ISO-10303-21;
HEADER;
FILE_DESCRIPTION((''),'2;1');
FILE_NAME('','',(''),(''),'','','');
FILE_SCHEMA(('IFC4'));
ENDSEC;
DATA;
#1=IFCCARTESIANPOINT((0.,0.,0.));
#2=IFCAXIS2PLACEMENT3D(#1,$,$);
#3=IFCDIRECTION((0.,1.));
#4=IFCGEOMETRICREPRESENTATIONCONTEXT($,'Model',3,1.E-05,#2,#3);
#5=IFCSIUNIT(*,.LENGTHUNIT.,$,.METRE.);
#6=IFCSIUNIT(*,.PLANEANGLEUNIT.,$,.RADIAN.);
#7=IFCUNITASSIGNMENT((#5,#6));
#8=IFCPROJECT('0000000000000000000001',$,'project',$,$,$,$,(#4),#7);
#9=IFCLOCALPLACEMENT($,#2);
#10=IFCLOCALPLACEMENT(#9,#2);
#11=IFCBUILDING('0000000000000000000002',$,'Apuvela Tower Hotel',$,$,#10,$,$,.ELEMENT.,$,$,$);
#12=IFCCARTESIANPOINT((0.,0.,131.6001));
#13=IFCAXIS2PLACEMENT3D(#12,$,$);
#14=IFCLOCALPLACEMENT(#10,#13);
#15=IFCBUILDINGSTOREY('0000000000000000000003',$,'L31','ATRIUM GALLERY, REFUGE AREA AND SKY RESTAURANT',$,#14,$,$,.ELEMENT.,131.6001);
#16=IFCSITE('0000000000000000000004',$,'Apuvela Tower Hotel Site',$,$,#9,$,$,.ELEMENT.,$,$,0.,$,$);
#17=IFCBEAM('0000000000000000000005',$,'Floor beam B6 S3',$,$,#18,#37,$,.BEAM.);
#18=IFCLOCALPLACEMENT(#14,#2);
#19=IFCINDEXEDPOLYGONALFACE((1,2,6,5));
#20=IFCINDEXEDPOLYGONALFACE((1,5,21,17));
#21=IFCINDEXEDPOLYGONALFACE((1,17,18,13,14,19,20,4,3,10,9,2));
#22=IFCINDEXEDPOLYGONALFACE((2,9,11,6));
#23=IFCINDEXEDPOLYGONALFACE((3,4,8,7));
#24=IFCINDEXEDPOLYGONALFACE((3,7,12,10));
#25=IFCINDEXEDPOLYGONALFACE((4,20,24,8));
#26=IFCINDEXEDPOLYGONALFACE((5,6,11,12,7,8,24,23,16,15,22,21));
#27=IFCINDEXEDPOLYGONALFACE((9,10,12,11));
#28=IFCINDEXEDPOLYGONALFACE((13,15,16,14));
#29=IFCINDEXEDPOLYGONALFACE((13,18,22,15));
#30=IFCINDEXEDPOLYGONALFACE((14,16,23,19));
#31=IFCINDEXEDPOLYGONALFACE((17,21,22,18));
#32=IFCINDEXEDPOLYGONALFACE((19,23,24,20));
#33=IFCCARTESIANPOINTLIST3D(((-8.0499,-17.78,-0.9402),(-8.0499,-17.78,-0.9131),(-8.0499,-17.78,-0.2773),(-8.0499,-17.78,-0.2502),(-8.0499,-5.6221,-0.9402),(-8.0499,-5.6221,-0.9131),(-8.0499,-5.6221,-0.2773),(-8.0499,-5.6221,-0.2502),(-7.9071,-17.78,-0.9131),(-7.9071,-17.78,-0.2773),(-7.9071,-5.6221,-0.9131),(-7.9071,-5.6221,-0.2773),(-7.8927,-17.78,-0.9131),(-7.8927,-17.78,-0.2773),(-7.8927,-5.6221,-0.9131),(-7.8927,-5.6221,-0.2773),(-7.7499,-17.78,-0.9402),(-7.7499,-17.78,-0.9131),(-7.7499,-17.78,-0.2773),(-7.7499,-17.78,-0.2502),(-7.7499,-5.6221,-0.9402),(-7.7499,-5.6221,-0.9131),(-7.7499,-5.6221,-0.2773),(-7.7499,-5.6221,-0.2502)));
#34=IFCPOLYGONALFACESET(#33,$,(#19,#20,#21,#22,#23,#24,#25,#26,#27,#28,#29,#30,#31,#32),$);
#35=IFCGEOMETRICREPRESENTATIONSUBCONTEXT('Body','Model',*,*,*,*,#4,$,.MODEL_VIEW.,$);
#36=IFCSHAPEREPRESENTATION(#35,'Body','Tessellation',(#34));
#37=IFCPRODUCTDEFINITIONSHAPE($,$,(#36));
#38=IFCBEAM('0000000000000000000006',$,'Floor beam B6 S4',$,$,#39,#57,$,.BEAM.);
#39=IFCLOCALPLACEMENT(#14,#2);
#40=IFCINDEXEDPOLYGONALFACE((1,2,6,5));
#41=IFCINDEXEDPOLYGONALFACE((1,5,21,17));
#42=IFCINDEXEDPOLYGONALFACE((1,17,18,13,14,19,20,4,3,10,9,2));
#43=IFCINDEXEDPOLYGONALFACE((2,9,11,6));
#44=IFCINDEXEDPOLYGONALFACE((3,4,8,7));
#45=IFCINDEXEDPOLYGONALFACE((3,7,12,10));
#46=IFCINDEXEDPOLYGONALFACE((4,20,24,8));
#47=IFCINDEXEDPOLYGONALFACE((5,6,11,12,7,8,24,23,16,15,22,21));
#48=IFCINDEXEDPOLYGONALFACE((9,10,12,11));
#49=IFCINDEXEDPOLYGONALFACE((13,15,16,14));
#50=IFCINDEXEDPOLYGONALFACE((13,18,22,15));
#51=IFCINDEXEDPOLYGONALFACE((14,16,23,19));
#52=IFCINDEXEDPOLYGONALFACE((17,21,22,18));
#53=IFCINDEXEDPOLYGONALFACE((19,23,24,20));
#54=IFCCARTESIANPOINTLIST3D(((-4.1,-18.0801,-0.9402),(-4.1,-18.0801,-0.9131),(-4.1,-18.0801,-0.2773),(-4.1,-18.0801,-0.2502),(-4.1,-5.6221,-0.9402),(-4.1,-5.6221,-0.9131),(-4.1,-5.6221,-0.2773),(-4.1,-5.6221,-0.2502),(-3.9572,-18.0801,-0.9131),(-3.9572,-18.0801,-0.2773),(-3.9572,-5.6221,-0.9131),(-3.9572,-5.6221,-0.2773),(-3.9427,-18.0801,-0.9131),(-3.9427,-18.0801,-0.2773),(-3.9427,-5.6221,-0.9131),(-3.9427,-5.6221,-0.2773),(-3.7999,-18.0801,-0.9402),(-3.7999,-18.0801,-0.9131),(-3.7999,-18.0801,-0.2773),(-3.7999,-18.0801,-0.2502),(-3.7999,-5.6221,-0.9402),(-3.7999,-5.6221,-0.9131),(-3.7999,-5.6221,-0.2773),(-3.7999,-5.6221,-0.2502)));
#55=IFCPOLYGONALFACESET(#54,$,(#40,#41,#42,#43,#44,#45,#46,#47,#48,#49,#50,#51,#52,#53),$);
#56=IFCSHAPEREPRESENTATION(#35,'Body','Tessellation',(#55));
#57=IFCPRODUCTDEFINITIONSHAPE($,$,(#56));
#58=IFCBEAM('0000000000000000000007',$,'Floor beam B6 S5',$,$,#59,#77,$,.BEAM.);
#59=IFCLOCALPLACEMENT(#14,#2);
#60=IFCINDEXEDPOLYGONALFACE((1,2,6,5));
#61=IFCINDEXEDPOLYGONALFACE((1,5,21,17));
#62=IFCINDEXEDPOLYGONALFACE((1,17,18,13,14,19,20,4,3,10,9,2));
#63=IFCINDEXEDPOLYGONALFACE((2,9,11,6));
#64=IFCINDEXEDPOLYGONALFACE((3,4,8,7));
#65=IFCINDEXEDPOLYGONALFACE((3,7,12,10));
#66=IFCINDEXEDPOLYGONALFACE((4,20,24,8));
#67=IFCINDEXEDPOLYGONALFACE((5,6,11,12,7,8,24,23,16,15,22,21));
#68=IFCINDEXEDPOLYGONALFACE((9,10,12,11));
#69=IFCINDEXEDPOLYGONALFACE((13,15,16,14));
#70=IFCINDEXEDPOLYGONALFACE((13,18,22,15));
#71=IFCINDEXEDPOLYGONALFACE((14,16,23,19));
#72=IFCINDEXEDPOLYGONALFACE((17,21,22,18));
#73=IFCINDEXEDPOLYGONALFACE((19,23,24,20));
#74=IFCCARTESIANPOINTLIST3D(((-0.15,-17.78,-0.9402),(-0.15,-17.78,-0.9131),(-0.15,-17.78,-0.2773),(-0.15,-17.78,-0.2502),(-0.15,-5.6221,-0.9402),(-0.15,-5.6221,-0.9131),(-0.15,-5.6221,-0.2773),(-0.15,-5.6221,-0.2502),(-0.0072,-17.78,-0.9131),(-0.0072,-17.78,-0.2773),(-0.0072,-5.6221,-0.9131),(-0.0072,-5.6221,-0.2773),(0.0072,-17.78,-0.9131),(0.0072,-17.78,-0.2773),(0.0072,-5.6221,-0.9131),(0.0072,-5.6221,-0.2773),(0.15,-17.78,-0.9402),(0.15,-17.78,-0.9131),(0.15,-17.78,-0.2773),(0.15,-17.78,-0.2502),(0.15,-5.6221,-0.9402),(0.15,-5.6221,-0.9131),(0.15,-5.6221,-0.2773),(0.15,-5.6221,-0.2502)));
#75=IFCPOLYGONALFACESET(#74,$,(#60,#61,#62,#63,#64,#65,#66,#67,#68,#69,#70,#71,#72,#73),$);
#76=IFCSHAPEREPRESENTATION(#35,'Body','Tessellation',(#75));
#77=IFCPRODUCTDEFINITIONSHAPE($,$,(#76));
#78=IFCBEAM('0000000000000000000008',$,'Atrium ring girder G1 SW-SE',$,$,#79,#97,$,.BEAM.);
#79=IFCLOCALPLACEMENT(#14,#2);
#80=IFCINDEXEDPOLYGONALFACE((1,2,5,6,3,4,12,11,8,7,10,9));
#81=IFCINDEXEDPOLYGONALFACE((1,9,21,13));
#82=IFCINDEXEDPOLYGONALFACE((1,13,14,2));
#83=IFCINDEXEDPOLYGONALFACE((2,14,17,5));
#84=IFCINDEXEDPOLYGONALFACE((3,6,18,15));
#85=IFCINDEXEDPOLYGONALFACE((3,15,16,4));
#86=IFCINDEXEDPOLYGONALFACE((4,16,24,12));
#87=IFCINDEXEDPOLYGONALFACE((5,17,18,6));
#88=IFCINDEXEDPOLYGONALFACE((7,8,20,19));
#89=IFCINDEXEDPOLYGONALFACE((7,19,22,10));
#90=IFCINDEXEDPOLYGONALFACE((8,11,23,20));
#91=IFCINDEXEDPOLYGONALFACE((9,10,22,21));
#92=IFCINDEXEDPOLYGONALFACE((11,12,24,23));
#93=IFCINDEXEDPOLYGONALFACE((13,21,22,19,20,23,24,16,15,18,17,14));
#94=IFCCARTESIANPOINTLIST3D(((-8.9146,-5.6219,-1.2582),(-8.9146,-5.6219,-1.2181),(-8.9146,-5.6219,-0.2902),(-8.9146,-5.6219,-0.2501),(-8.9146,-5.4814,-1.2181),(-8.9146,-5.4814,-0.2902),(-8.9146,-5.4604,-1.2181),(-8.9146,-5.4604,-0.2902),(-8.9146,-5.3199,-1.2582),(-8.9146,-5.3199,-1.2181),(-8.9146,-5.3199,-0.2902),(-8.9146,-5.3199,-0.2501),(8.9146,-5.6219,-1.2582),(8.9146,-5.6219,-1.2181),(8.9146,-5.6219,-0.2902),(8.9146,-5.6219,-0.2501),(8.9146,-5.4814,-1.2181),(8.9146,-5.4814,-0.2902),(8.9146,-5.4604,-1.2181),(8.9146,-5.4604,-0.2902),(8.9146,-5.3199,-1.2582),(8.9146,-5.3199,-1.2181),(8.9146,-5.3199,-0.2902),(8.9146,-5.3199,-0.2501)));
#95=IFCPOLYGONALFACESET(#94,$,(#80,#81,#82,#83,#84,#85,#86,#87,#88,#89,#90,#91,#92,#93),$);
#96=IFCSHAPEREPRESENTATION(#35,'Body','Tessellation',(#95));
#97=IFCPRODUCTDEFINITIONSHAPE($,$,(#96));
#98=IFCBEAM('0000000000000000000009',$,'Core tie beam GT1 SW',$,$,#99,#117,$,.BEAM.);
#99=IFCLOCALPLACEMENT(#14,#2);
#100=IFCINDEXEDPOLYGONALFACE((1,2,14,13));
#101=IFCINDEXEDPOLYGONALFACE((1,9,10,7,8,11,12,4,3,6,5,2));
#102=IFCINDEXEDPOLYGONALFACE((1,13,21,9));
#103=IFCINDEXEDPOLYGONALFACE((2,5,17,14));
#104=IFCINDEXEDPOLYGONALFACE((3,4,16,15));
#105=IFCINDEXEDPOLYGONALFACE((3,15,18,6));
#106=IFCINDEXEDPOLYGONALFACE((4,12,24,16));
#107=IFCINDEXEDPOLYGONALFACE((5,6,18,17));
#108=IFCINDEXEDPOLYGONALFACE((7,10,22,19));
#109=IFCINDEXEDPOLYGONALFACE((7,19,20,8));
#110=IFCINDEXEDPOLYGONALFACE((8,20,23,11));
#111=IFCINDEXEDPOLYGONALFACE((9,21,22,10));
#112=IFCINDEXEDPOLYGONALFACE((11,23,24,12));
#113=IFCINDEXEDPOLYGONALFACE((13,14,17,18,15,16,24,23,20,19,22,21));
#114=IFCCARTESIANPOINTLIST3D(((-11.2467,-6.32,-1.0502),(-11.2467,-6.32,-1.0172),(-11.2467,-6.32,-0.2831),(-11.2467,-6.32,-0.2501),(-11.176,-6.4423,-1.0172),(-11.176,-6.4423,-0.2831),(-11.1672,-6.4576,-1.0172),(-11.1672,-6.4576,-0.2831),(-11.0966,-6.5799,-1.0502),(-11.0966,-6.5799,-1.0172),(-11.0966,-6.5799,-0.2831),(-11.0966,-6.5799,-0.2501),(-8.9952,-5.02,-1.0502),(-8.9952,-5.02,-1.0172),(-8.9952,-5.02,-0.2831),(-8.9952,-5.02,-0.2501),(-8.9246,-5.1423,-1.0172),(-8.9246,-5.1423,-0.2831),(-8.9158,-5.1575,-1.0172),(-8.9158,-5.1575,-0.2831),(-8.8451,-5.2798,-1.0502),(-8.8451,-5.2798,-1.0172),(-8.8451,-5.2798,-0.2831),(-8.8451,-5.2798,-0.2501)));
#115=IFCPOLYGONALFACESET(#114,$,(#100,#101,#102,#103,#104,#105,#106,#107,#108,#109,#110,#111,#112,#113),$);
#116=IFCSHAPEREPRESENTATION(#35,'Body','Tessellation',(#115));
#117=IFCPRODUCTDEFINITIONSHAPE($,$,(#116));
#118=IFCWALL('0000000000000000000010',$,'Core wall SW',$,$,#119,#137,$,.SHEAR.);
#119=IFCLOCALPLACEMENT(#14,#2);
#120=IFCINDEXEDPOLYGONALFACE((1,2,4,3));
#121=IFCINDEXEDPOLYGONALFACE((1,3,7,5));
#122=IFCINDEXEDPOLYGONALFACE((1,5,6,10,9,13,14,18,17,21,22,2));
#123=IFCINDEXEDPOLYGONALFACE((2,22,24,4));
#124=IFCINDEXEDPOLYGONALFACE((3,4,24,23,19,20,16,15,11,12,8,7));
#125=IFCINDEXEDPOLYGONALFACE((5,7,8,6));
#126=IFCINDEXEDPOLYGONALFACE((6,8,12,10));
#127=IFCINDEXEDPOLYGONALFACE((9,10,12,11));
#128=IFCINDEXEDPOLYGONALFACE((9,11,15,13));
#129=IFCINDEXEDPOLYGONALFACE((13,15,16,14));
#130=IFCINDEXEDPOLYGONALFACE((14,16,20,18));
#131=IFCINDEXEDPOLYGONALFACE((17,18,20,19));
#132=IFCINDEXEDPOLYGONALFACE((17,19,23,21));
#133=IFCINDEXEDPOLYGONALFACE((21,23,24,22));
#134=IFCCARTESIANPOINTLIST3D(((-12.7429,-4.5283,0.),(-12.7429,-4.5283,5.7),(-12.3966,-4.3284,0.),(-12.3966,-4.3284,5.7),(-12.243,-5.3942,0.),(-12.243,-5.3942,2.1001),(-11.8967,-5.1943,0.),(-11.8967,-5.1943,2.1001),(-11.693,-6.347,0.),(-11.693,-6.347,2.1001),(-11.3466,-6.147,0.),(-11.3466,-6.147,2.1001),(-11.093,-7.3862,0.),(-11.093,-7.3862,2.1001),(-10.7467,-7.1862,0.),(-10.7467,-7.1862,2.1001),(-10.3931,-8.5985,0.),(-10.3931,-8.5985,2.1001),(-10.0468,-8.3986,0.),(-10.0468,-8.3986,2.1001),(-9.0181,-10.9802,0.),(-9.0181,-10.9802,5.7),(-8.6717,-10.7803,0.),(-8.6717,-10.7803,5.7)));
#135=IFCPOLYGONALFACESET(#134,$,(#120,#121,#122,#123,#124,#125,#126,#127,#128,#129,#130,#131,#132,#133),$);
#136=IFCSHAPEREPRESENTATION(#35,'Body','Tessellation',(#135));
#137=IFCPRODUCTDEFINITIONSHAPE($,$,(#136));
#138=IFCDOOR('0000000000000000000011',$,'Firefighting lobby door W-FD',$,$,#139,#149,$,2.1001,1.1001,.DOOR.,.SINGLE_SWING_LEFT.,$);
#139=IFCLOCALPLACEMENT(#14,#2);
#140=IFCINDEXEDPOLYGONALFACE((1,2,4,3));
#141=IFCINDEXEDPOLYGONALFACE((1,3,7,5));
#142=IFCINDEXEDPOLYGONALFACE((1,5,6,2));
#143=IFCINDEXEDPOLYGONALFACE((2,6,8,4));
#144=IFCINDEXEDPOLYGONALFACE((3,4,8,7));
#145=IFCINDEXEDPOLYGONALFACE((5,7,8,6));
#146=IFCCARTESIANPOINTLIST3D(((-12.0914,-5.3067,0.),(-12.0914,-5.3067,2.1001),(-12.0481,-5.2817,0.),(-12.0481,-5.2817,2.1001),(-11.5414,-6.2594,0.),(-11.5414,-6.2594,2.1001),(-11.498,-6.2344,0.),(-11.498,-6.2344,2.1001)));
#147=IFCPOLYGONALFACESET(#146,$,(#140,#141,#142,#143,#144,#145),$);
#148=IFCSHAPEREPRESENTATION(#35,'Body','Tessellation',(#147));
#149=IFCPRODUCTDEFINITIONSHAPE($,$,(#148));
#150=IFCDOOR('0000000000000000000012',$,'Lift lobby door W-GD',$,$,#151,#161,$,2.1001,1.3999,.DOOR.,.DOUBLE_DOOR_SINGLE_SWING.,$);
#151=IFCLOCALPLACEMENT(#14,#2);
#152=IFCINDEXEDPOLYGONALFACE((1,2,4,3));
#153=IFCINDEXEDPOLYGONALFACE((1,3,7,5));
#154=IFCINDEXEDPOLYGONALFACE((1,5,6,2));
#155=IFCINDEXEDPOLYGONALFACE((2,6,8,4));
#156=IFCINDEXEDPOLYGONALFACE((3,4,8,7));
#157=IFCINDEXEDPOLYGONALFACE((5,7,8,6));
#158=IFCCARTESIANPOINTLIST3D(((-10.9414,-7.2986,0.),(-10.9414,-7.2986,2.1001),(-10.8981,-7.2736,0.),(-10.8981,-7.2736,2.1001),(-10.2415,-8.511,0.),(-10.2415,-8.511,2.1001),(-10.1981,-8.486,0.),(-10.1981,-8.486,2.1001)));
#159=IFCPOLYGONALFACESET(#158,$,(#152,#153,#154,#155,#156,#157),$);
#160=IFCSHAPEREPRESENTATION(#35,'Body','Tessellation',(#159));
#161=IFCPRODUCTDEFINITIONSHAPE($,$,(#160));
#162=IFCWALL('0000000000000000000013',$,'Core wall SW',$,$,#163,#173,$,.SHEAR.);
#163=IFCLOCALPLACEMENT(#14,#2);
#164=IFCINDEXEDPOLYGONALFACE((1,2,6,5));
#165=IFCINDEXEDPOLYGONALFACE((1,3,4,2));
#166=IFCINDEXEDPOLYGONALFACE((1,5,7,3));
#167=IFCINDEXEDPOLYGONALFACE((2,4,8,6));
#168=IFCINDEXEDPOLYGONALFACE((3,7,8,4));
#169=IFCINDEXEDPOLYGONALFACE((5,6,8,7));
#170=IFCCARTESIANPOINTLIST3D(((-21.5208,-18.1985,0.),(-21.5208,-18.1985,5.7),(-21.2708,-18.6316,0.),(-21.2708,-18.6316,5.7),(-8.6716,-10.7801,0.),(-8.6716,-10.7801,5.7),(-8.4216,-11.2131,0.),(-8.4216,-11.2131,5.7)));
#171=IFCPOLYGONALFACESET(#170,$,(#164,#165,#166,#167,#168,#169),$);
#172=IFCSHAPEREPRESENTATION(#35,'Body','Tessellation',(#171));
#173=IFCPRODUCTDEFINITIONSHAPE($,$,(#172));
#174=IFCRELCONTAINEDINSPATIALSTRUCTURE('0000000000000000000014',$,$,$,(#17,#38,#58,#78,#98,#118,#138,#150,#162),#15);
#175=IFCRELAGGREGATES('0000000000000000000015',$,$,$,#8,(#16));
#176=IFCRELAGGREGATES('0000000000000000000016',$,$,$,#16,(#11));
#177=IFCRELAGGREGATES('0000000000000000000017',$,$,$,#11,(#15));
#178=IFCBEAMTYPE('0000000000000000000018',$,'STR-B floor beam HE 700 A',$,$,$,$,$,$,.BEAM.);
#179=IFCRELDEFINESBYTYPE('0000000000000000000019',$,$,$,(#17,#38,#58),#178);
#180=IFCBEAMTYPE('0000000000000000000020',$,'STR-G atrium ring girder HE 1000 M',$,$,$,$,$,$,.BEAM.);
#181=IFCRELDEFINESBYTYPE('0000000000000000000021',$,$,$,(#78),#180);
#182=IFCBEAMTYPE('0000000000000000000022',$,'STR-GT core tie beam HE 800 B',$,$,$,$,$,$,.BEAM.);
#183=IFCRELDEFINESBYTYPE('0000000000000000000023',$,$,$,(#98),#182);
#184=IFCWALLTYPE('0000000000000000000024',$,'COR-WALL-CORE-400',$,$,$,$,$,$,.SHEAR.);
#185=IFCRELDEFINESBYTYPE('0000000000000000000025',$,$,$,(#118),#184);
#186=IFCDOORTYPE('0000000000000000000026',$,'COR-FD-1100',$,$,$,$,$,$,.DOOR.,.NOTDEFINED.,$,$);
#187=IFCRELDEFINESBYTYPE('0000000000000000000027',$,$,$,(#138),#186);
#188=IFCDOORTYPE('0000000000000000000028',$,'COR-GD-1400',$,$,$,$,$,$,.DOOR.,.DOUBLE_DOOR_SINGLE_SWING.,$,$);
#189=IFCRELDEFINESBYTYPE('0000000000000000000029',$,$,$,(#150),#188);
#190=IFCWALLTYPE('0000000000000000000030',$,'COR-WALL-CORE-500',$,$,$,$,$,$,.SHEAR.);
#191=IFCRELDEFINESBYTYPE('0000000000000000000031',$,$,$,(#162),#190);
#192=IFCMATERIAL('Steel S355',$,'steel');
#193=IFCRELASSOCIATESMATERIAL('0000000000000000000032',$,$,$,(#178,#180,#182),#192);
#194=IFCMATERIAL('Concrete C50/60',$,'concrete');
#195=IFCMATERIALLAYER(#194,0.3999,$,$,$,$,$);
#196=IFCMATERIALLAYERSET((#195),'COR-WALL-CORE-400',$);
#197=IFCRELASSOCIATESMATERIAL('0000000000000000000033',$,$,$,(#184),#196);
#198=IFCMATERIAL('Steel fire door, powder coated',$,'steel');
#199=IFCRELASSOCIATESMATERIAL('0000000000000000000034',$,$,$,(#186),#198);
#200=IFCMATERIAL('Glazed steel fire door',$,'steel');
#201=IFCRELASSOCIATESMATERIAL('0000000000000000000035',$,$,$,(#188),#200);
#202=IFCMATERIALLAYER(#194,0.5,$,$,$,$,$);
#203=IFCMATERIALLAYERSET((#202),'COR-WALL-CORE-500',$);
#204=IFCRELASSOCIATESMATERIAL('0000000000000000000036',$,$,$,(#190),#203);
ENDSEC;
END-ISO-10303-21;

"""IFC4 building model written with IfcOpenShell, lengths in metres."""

from ifc_helpers import new_model, si_unit, direction, frame, frame_2d, origin, origin_2d, place, context, subcontext, project, spatial, rectangle, i_section, extrude, material, layer, layer_set, material_profile, profile_set, type_object, element, fill, save


model = new_model("IFC4")

# Units and contexts
model_context = context("Model", 3, precision=1e-05, world=origin(), true_north=direction((0.0, 1.0)))
body_context = subcontext(model_context, "Body", "Model", "MODEL_VIEW")
ifc_project = project(units=[si_unit("LENGTHUNIT", "METRE"), si_unit("PLANEANGLEUNIT", "RADIAN")], contexts=[model_context])

# Site, building, storey
site_placement = place(None, origin())
site = spatial("IfcSite", under=ifc_project, at=site_placement, Name="Apuvela Tower Hotel Site", CompositionType="ELEMENT", RefElevation=0.0)
building_placement = place(site_placement, origin())
building = spatial("IfcBuilding", under=site, at=building_placement, Name="Apuvela Tower Hotel", CompositionType="ELEMENT")
storey_placement = place(building_placement, frame((0.0, 0.0, 131.6001)))
storey = spatial("IfcBuildingStorey", under=building, at=storey_placement, Name="L31", Description="ATRIUM GALLERY, REFUGE AREA AND SKY RESTAURANT", CompositionType="ELEMENT", Elevation=131.6001)

# Beams
ifc_material_1 = material(Name="Steel S355", Category="steel")
ifc_material_profile_1 = material_profile(ifc_material_1, i_section(OverallWidth=0.3, OverallDepth=0.6899, WebThickness=0.0144, FlangeThickness=0.0271, at=origin_2d()), Name="HE 700 A")
ifc_profile_set_1 = profile_set([ifc_material_profile_1], Name="Steel S355")
beam_type_1 = type_object("IfcBeamType", Name="STR-B floor beam HE 700 A", PredefinedType="BEAM", material=ifc_profile_set_1)
beam_1_placement = place(storey_placement, frame((-7.8999, -17.78, -0.5952), z_axis=(0.0, 1.0, 0.0), x_axis=(-1.0, 0.0, 0.0)))
element("IfcBeam", 1, at=beam_1_placement, inside=storey, type_object=beam_type_1, Name="Floor beam B6 S3", PredefinedType="BEAM", context=body_context, shape_type="SweptSolid", body=[
    extrude(i_section(OverallWidth=0.3, OverallDepth=0.6899, WebThickness=0.0144, FlangeThickness=0.0271, at=origin_2d()), origin(), (0.0, 0.0, 1.0), 12.158),
])
beam_2_placement = place(storey_placement, frame((-3.95, -18.0801, -0.5952), z_axis=(0.0, 1.0, 0.0), x_axis=(-1.0, 0.0, 0.0)))
element("IfcBeam", 2, at=beam_2_placement, inside=storey, type_object=beam_type_1, Name="Floor beam B6 S4", PredefinedType="BEAM", context=body_context, shape_type="SweptSolid", body=[
    extrude(i_section(OverallWidth=0.3, OverallDepth=0.6899, WebThickness=0.0144, FlangeThickness=0.0271, at=origin_2d()), origin(), (0.0, 0.0, 1.0), 12.458),
])
beam_3_placement = place(storey_placement, frame((0.0, -17.78, -0.5952), z_axis=(0.0, 1.0, 0.0), x_axis=(-1.0, 0.0, 0.0)))
element("IfcBeam", 3, at=beam_3_placement, inside=storey, type_object=beam_type_1, Name="Floor beam B6 S5", PredefinedType="BEAM", context=body_context, shape_type="SweptSolid", body=[
    extrude(i_section(OverallWidth=0.3, OverallDepth=0.6899, WebThickness=0.0144, FlangeThickness=0.0271, at=origin_2d()), origin(), (0.0, 0.0, 1.0), 12.158),
])
ifc_material_profile_2 = material_profile(ifc_material_1, i_section(OverallWidth=0.302, OverallDepth=1.0081, WebThickness=0.021, FlangeThickness=0.04, at=origin_2d()), Name="HE 1000 M")
ifc_profile_set_2 = profile_set([ifc_material_profile_2], Name="Steel S355")
beam_type_2 = type_object("IfcBeamType", Name="STR-G atrium ring girder HE 1000 M", PredefinedType="BEAM", material=ifc_profile_set_2)
beam_4_placement = place(storey_placement, frame((-8.9146, -5.4709, -0.7542), z_axis=(1.0, 0.0, 0.0), x_axis=(0.0, 1.0, 0.0)))
element("IfcBeam", 4, at=beam_4_placement, inside=storey, type_object=beam_type_2, Name="Atrium ring girder G1 SW-SE", PredefinedType="BEAM", context=body_context, shape_type="SweptSolid", body=[
    extrude(i_section(OverallWidth=0.302, OverallDepth=1.0081, WebThickness=0.021, FlangeThickness=0.04, at=origin_2d()), origin(), (0.0, 0.0, 1.0), 17.8291),
])
ifc_material_profile_3 = material_profile(ifc_material_1, i_section(OverallWidth=0.3, OverallDepth=0.8, WebThickness=0.0176, FlangeThickness=0.033, at=origin_2d()), Name="HE 800 B")
ifc_profile_set_3 = profile_set([ifc_material_profile_3], Name="Steel S355")
beam_type_3 = type_object("IfcBeamType", Name="STR-GT core tie beam HE 800 B", PredefinedType="BEAM", material=ifc_profile_set_3)
beam_5_placement = place(storey_placement, frame((-11.1716, -6.45, -0.6501), z_axis=(0.865998, 0.500048, 0.0), x_axis=(-0.500048, 0.865998, 0.0)))
element("IfcBeam", 5, at=beam_5_placement, inside=storey, type_object=beam_type_3, Name="Core tie beam GT1 SW", PredefinedType="BEAM", context=body_context, shape_type="SweptSolid", body=[
    extrude(i_section(OverallWidth=0.3, OverallDepth=0.8, WebThickness=0.0176, FlangeThickness=0.033, at=origin_2d()), origin(), (0.0, 0.0, 1.0), 2.5999),
])

# Wall, openings, doors
ifc_material_2 = material(Name="Concrete C50/60", Category="concrete")
ifc_layer_1 = layer(ifc_material_2, 0.3999)
ifc_layer_set_1 = layer_set([ifc_layer_1], Name="COR-WALL-CORE-400")
wall_type_1 = type_object("IfcWallType", Name="COR-WALL-CORE-400", PredefinedType="SHEAR", material=ifc_layer_set_1)
wall_1_placement = place(storey_placement, frame((-12.5698, -4.4282, 0.0), z_axis=(0.0, 0.0, 1.0), x_axis=(0.499984, -0.866034, 0.0)))
wall_1 = element("IfcWall", 6, at=wall_1_placement, inside=storey, type_object=wall_type_1, Name="Core wall SW", PredefinedType="SHEAR", context=body_context, shape_type="SweptSolid", body=[
    extrude(rectangle(XDim=7.45, YDim=0.3999, at=frame_2d((3.7251, 0.0))), origin(), (0.0, 0.0, 1.0), 5.7),
])
opening_1_placement = place(wall_1_placement, frame((1.0, 0.0, 0.0)))
opening_1 = element("IfcOpeningElement", 7, at=opening_1_placement, cuts=wall_1, PredefinedType="OPENING", context=body_context, shape_type="SweptSolid", body=[
    extrude(rectangle(XDim=1.1001, YDim=2.1001, at=frame_2d((0.55, 1.05))), frame((0.0, 0.21, 0.0), z_axis=(0.0, -1.0, 0.0), x_axis=(1.0, 0.0, 0.0)), (0.0, 0.0, 1.0), 0.4199),
])
opening_2_placement = place(wall_1_placement, frame((3.3, 0.0, 0.0)))
opening_2 = element("IfcOpeningElement", 8, at=opening_2_placement, cuts=wall_1, PredefinedType="OPENING", context=body_context, shape_type="SweptSolid", body=[
    extrude(rectangle(XDim=1.3999, YDim=2.1001, at=frame_2d((0.7, 1.05))), frame((0.0, 0.21, 0.0), z_axis=(0.0, -1.0, 0.0), x_axis=(1.0, 0.0, 0.0)), (0.0, 0.0, 1.0), 0.4199),
])
ifc_material_3 = material(Name="Steel fire door, powder coated", Category="steel")
door_type_1 = type_object("IfcDoorType", Name="COR-FD-1100", OperationType="NOTDEFINED", PredefinedType="DOOR", material=ifc_material_3)
door_1_placement = place(opening_1_placement, frame((1.1001, 0.0, 0.0), z_axis=(0.0, 0.0, 1.0), x_axis=(-1.0, 0.0, 0.0)))
door_1 = element("IfcDoor", 9, at=door_1_placement, inside=storey, type_object=door_type_1, Name="Firefighting lobby door W-FD", OperationType="SINGLE_SWING_LEFT", OverallHeight=2.1001, OverallWidth=1.1001, PredefinedType="DOOR", context=body_context, shape_type="SweptSolid", body=[
    extrude(rectangle(XDim=1.1001, YDim=2.1001, at=frame_2d((0.55, 1.05))), frame((0.0, 0.0249, 0.0), z_axis=(0.0, -1.0, 0.0), x_axis=(1.0, 0.0, 0.0)), (0.0, 0.0, 1.0), 0.05),
])
fill(opening_1, door_1)
ifc_material_4 = material(Name="Glazed steel fire door", Category="steel")
door_type_2 = type_object("IfcDoorType", Name="COR-GD-1400", OperationType="DOUBLE_DOOR_SINGLE_SWING", PredefinedType="DOOR", material=ifc_material_4)
door_2_placement = place(opening_2_placement, frame((1.3999, 0.0, 0.0), z_axis=(0.0, 0.0, 1.0), x_axis=(-1.0, 0.0, 0.0)))
door_2 = element("IfcDoor", 10, at=door_2_placement, inside=storey, type_object=door_type_2, Name="Lift lobby door W-GD", OperationType="DOUBLE_DOOR_SINGLE_SWING", OverallHeight=2.1001, OverallWidth=1.3999, PredefinedType="DOOR", context=body_context, shape_type="SweptSolid", body=[
    extrude(rectangle(XDim=1.3999, YDim=2.1001, at=frame_2d((0.7, 1.05))), frame((0.0, 0.0249, 0.0), z_axis=(0.0, -1.0, 0.0), x_axis=(1.0, 0.0, 0.0)), (0.0, 0.0, 1.0), 0.05),
])
fill(opening_2, door_2)

# Wall
ifc_layer_2 = layer(ifc_material_2, 0.5)
ifc_layer_set_2 = layer_set([ifc_layer_2], Name="COR-WALL-CORE-500")
wall_type_2 = type_object("IfcWallType", Name="COR-WALL-CORE-500", PredefinedType="SHEAR", material=ifc_layer_set_2)
wall_2_placement = place(storey_placement, frame((-8.5466, -10.9966, 0.0), z_axis=(0.0, 0.0, 1.0), x_axis=(-0.866025, -0.500001, 0.0)))
element("IfcWall", 11, at=wall_2_placement, inside=storey, type_object=wall_type_2, Name="Core wall SW", PredefinedType="SHEAR", context=body_context, shape_type="SweptSolid", body=[
    extrude(rectangle(XDim=14.8369, YDim=0.5, at=frame_2d((7.4185, 0.0))), origin(), (0.0, 0.0, 1.0), 5.7),
])

save(model, "model.ifc")
